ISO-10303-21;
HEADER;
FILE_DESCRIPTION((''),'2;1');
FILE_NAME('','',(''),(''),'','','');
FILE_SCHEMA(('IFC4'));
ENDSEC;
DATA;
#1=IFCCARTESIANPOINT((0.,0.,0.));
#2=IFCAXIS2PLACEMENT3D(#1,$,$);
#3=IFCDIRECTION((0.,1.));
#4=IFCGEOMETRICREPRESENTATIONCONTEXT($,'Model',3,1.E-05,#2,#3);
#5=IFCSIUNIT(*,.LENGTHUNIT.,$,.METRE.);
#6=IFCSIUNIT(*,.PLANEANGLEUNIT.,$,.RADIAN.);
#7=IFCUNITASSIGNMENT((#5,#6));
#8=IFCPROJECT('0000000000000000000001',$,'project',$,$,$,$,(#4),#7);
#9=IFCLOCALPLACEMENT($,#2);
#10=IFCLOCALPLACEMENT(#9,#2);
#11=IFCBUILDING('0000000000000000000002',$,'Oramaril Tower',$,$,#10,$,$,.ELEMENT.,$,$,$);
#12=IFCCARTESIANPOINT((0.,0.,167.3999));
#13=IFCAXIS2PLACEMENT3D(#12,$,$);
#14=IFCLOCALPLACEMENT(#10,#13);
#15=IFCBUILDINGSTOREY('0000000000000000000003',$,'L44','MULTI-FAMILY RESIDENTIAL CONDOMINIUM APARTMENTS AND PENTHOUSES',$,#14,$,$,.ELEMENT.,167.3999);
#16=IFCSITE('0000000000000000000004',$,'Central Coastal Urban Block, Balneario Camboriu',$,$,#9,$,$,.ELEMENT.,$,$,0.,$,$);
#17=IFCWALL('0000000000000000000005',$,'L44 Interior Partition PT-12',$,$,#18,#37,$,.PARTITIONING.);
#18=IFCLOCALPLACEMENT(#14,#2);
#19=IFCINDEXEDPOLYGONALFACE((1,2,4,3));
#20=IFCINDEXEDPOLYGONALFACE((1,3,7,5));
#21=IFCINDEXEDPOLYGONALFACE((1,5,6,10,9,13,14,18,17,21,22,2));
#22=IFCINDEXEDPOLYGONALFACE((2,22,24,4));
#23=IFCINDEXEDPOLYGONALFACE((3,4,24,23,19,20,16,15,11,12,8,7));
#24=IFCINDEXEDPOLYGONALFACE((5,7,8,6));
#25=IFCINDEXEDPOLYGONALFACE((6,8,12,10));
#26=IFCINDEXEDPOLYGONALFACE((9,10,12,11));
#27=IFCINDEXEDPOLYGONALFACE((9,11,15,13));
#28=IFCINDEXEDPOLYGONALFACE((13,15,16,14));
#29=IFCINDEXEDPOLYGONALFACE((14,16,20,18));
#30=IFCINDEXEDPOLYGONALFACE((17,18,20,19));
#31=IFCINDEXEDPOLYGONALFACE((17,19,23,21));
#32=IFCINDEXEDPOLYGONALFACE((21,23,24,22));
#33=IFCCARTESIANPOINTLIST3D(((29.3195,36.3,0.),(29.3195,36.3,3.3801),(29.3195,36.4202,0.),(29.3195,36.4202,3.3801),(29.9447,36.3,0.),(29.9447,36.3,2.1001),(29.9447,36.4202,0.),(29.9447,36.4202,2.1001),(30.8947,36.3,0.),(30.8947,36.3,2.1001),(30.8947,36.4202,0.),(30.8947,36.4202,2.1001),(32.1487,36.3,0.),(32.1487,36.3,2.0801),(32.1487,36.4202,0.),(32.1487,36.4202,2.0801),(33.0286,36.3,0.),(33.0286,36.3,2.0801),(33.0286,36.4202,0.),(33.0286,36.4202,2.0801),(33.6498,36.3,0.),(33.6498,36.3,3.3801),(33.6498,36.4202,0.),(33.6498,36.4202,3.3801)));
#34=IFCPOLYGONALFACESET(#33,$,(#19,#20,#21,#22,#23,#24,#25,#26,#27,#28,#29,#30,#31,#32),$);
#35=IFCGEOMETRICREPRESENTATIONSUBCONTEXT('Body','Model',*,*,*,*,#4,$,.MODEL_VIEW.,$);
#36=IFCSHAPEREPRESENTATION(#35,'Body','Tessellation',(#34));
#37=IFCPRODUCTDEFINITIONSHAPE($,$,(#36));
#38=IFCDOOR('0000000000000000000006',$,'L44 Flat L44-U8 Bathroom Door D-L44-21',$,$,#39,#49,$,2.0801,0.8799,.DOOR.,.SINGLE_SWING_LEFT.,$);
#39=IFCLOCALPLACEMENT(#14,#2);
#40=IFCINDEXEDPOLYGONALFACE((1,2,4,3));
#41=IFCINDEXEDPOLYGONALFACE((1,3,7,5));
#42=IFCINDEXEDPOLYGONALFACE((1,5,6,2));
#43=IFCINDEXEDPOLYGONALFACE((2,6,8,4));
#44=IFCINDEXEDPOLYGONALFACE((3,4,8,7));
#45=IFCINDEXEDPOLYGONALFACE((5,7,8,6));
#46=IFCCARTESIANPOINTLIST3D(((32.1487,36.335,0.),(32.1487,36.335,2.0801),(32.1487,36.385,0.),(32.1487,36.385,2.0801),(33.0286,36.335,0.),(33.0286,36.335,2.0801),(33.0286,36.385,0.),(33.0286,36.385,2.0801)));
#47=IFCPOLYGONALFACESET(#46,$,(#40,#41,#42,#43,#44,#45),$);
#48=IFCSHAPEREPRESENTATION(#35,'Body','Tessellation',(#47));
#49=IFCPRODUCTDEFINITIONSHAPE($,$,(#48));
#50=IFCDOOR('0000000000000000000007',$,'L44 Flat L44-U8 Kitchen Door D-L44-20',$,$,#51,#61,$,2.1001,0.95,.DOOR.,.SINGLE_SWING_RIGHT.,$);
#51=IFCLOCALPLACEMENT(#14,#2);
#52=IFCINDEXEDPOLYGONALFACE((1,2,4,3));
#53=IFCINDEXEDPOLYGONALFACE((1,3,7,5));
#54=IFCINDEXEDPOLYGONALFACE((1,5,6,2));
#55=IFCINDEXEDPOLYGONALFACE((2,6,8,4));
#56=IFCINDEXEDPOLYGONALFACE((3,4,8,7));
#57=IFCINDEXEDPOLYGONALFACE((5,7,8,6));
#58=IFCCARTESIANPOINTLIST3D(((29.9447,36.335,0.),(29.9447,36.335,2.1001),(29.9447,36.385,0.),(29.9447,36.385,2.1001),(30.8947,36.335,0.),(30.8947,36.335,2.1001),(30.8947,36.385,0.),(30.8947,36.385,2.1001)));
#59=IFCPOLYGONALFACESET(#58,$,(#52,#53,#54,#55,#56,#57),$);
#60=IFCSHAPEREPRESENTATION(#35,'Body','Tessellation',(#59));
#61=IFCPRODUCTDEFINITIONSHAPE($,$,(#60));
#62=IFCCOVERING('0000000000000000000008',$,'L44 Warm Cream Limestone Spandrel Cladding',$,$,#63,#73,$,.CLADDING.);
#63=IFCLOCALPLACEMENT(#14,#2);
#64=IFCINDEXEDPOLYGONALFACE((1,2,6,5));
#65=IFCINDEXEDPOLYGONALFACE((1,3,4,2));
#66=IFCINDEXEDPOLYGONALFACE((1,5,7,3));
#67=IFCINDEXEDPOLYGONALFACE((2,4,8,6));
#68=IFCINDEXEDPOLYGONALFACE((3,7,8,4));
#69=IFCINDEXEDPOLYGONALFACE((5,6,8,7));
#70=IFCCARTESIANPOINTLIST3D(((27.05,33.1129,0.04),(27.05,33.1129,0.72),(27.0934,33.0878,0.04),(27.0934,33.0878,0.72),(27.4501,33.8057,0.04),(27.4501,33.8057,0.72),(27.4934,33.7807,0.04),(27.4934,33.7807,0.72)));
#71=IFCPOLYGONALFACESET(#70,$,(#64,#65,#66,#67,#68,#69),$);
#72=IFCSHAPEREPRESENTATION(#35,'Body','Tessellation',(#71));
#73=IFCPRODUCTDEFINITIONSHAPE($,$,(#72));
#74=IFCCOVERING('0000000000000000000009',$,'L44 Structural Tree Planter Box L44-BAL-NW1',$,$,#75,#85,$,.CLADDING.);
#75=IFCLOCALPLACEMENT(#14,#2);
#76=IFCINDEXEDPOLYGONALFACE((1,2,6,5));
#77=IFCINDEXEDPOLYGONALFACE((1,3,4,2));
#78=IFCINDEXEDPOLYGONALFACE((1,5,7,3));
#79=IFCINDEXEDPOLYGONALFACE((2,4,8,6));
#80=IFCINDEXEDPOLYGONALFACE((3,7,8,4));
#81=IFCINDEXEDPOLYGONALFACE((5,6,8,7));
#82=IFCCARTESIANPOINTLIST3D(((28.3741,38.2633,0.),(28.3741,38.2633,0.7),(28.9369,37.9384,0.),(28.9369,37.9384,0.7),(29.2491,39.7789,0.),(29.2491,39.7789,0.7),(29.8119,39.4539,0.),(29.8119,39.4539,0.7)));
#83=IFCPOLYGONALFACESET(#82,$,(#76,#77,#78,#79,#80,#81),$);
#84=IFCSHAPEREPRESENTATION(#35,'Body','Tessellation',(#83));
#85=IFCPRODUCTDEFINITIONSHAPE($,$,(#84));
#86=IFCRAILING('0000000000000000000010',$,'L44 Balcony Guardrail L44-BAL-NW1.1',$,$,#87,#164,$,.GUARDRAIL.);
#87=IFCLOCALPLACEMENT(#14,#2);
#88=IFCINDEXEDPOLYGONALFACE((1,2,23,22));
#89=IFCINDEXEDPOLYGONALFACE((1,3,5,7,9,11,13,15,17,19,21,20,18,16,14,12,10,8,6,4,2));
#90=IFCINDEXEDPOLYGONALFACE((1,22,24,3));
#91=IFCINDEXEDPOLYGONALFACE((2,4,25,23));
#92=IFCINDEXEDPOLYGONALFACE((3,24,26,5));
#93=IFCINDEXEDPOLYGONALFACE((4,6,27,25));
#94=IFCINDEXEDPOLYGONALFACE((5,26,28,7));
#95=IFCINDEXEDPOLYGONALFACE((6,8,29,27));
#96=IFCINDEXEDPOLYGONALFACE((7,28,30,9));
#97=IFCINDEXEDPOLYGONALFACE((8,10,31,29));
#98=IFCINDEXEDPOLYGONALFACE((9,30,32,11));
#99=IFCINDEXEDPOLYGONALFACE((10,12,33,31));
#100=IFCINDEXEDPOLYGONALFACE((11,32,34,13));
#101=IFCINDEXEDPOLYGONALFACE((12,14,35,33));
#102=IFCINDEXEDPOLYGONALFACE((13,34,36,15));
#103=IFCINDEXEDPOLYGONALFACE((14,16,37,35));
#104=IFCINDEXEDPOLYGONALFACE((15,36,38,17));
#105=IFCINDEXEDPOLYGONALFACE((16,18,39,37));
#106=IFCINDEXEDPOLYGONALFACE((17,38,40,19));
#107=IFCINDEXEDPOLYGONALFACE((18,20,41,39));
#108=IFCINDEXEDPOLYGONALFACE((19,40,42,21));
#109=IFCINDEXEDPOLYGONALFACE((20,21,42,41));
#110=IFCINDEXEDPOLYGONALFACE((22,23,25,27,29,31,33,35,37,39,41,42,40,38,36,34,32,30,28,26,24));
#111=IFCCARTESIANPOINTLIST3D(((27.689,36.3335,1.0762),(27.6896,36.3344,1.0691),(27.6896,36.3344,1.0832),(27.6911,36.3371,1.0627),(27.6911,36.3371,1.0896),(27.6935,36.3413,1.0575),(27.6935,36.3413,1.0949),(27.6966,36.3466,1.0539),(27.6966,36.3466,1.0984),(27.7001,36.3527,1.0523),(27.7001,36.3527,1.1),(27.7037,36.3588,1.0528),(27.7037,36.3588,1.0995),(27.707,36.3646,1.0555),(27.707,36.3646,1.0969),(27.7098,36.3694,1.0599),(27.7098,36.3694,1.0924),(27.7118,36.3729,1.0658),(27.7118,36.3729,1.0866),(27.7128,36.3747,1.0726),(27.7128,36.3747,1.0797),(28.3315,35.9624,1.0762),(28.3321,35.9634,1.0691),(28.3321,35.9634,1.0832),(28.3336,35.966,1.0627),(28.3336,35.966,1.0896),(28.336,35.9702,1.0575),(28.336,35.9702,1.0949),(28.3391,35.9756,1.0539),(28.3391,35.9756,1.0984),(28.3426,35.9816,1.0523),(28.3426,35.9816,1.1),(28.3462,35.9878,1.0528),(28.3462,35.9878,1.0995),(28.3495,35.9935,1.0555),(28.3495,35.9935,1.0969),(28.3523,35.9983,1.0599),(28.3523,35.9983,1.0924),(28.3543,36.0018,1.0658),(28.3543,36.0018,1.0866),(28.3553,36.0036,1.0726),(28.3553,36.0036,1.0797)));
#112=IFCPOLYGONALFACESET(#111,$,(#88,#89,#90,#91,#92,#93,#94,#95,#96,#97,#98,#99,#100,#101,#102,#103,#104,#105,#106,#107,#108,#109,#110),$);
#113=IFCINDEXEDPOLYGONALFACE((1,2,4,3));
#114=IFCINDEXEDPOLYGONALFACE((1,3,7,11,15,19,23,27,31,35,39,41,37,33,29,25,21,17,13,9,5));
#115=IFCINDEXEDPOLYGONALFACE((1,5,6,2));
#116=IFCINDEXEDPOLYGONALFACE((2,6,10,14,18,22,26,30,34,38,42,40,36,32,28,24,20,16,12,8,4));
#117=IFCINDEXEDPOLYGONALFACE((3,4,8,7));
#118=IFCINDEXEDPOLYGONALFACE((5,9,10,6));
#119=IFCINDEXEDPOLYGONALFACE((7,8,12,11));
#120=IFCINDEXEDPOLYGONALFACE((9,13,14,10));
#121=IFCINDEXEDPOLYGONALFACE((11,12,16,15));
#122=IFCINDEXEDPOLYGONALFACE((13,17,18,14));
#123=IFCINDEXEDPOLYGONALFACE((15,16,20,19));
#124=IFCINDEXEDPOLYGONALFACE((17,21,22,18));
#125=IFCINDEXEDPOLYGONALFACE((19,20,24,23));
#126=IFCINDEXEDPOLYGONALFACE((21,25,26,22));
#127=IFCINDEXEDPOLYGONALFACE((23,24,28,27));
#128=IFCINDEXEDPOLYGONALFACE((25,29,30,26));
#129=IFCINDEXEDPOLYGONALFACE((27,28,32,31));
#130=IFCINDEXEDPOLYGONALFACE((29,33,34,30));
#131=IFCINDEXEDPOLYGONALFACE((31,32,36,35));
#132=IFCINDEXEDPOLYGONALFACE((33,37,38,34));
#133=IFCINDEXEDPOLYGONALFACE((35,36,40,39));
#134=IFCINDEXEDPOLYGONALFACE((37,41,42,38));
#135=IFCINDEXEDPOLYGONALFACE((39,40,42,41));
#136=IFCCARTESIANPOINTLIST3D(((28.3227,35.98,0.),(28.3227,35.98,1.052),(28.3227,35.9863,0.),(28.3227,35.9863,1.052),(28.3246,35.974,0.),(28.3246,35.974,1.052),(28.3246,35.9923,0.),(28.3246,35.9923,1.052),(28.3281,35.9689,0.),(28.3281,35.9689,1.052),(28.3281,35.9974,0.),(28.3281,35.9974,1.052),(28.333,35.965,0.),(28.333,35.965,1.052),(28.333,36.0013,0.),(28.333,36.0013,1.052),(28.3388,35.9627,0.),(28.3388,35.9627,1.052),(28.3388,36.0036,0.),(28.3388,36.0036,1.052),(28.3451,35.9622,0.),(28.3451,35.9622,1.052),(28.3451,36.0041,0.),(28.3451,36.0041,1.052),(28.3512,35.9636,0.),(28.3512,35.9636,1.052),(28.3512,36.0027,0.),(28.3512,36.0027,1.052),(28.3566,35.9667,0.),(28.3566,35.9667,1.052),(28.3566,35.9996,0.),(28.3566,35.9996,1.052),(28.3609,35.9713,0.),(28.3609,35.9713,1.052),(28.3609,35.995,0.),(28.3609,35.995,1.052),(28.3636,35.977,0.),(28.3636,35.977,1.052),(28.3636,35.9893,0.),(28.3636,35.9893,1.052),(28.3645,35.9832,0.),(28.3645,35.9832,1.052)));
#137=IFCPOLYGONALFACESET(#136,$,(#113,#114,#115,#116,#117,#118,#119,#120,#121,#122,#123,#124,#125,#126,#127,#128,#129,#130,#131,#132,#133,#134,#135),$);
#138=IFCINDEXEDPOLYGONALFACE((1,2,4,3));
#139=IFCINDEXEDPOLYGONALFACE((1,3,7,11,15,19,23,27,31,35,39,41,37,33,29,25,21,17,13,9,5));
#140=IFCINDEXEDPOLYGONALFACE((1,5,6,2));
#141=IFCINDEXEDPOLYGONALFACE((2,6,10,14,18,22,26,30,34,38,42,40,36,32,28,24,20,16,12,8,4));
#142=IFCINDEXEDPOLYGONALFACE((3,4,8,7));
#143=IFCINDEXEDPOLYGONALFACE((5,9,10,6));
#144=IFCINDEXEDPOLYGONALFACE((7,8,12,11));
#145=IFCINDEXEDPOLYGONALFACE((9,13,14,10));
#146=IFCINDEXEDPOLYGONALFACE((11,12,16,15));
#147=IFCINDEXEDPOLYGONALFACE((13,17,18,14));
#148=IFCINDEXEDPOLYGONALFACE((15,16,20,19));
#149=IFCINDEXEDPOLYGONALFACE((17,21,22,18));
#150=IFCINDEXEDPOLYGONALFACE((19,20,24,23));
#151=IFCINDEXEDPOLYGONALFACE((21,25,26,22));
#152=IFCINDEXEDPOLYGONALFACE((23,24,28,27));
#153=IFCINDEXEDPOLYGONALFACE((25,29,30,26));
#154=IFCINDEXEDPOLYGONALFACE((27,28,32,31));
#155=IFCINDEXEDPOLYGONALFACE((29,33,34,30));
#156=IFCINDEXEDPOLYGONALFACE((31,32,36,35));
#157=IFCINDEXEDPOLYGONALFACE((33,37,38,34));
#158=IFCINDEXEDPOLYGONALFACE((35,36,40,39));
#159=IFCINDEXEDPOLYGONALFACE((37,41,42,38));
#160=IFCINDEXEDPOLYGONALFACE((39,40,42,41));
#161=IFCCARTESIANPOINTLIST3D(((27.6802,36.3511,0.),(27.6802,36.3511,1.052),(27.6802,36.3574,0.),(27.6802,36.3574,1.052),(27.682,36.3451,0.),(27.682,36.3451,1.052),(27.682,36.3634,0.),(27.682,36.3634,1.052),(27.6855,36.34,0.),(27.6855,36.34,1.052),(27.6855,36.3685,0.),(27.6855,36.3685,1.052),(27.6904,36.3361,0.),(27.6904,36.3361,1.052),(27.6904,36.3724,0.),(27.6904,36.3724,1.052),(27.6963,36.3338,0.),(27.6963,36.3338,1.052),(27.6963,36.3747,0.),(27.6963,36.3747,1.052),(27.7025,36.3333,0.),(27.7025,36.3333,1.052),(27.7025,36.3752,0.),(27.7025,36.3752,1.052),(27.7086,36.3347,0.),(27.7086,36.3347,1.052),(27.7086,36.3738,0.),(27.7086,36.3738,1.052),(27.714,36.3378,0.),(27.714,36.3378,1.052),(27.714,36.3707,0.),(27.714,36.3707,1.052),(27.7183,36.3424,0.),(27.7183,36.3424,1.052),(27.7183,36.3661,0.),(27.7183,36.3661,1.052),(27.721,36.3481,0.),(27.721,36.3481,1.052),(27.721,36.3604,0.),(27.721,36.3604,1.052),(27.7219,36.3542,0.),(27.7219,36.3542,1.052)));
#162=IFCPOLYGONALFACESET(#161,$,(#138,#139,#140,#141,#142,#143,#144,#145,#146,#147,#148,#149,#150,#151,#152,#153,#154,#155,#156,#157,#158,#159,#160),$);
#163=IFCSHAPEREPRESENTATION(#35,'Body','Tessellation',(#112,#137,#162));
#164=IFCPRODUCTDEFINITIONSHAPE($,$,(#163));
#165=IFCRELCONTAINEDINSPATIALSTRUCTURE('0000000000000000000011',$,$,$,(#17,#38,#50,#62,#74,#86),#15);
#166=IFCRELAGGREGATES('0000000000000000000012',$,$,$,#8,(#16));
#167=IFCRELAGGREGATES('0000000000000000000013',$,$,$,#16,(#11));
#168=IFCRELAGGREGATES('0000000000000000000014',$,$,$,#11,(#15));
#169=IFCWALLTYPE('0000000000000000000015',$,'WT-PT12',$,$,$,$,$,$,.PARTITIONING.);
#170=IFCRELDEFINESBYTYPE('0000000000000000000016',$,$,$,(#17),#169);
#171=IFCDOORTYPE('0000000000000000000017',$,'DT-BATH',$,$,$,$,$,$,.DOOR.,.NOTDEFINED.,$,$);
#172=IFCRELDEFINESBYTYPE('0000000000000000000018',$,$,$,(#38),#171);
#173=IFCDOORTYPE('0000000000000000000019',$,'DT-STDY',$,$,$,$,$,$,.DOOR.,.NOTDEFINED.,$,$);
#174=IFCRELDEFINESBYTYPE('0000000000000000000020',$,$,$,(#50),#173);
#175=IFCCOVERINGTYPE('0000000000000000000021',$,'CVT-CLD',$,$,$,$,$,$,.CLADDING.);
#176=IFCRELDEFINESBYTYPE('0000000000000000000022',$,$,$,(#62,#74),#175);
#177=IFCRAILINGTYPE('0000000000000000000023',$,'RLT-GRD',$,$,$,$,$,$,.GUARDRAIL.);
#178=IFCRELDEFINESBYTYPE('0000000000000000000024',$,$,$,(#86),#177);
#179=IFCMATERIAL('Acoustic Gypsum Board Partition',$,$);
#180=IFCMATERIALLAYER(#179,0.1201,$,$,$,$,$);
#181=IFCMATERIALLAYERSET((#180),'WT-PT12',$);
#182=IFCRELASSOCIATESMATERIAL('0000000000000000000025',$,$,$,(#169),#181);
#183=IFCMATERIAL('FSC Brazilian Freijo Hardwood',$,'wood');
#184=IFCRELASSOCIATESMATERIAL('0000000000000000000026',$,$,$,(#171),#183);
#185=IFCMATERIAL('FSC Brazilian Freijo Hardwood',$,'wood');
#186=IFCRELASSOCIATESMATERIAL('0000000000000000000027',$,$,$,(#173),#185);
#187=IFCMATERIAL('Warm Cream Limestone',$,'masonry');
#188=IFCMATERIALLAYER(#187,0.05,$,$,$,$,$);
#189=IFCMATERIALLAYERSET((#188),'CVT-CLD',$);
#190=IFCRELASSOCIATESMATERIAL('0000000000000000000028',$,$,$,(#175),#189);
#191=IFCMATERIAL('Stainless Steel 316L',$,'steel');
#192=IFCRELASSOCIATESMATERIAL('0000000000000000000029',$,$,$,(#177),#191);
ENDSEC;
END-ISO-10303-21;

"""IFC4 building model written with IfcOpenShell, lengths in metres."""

from ifc_helpers import new_model, si_unit, direction, frame, frame_2d, origin, origin_2d, place, context, subcontext, project, spatial, rectangle, circle, extrude, material, layer, layer_set, type_object, element, fill, save


model = new_model("IFC4")

# Units and contexts
model_context = context("Model", 3, precision=1e-05, world=origin(), true_north=direction((0.0, 1.0)))
body_context = subcontext(model_context, "Body", "Model", "MODEL_VIEW")
ifc_project = project(units=[si_unit("LENGTHUNIT", "METRE"), si_unit("PLANEANGLEUNIT", "RADIAN")], contexts=[model_context])

# Site, building, storey
site_placement = place(None, origin())
site = spatial("IfcSite", under=ifc_project, at=site_placement, Name="Central Coastal Urban Block, Balneario Camboriu", CompositionType="ELEMENT", RefElevation=0.0)
building_placement = place(site_placement, origin())
building = spatial("IfcBuilding", under=site, at=building_placement, Name="Oramaril Tower", CompositionType="ELEMENT")
storey_placement = place(building_placement, frame((0.0, 0.0, 167.3999)))
storey = spatial("IfcBuildingStorey", under=building, at=storey_placement, Name="L44", Description="MULTI-FAMILY RESIDENTIAL CONDOMINIUM APARTMENTS AND PENTHOUSES", CompositionType="ELEMENT", Elevation=167.3999)

# Wall, openings, doors
ifc_material_1 = material(Name="Acoustic Gypsum Board Partition")
ifc_layer_1 = layer(ifc_material_1, 0.1201)
ifc_layer_set_1 = layer_set([ifc_layer_1], Name="WT-PT12")
wall_type_1 = type_object("IfcWallType", Name="WT-PT12", PredefinedType="PARTITIONING", material=ifc_layer_set_1)
wall_1_placement = place(storey_placement, frame((29.3196, 36.3601, 0.0), z_axis=(0.0, 0.0, 1.0), x_axis=(1.0, 0.0, 0.0)))
wall_1 = element("IfcWall", 1, at=wall_1_placement, inside=storey, type_object=wall_type_1, Name="L44 Interior Partition PT-12", PredefinedType="PARTITIONING", context=body_context, shape_type="SweptSolid", body=[
    extrude(rectangle(XDim=4.3303, YDim=0.1201, at=frame_2d((2.165, 0.0))), origin(), (0.0, 0.0, 1.0), 3.3801),
])
opening_1_placement = place(wall_1_placement, frame((0.625, 0.0, 0.0)))
opening_1 = element("IfcOpeningElement", 2, at=opening_1_placement, cuts=wall_1, PredefinedType="OPENING", context=body_context, shape_type="SweptSolid", body=[
    extrude(rectangle(XDim=0.95, YDim=2.1001, at=frame_2d((0.4751, 1.05))), frame((0.0, 0.0601, 0.0), z_axis=(0.0, -1.0, 0.0), x_axis=(1.0, 0.0, 0.0)), (0.0, 0.0, 1.0), 0.1201),
])
opening_2_placement = place(wall_1_placement, frame((2.8291, 0.0, 0.0)))
opening_2 = element("IfcOpeningElement", 3, at=opening_2_placement, cuts=wall_1, PredefinedType="OPENING", context=body_context, shape_type="SweptSolid", body=[
    extrude(rectangle(XDim=0.8799, YDim=2.0801, at=frame_2d((0.4399, 1.04))), frame((0.0, 0.0601, 0.0), z_axis=(0.0, -1.0, 0.0), x_axis=(1.0, 0.0, 0.0)), (0.0, 0.0, 1.0), 0.1201),
])
ifc_material_2 = material(Name="FSC Brazilian Freijo Hardwood", Category="wood")
door_type_1 = type_object("IfcDoorType", Name="DT-BATH", OperationType="NOTDEFINED", PredefinedType="DOOR", material=ifc_material_2)
door_1_placement = place(opening_2_placement, origin())
door_1 = element("IfcDoor", 4, at=door_1_placement, inside=storey, type_object=door_type_1, Name="L44 Flat L44-U8 Bathroom Door D-L44-21", OperationType="SINGLE_SWING_LEFT", OverallHeight=2.0801, OverallWidth=0.8799, PredefinedType="DOOR", context=body_context, shape_type="SweptSolid", body=[
    extrude(rectangle(XDim=0.8799, YDim=2.0801, at=frame_2d((0.4399, 1.04))), frame((0.0, 0.0249, 0.0), z_axis=(0.0, -1.0, 0.0), x_axis=(1.0, 0.0, 0.0)), (0.0, 0.0, 1.0), 0.05),
])
fill(opening_2, door_1)
ifc_material_3 = material(Name="FSC Brazilian Freijo Hardwood", Category="wood")
door_type_2 = type_object("IfcDoorType", Name="DT-STDY", OperationType="NOTDEFINED", PredefinedType="DOOR", material=ifc_material_3)
door_2_placement = place(opening_1_placement, origin())
door_2 = element("IfcDoor", 5, at=door_2_placement, inside=storey, type_object=door_type_2, Name="L44 Flat L44-U8 Kitchen Door D-L44-20", OperationType="SINGLE_SWING_RIGHT", OverallHeight=2.1001, OverallWidth=0.95, PredefinedType="DOOR", context=body_context, shape_type="SweptSolid", body=[
    extrude(rectangle(XDim=0.95, YDim=2.1001, at=frame_2d((0.4751, 1.05))), frame((0.0, 0.0249, 0.0), z_axis=(0.0, -1.0, 0.0), x_axis=(1.0, 0.0, 0.0)), (0.0, 0.0, 1.0), 0.05),
])
fill(opening_1, door_2)

# Coverings
ifc_material_4 = material(Name="Warm Cream Limestone", Category="masonry")
ifc_layer_2 = layer(ifc_material_4, 0.05)
ifc_layer_set_2 = layer_set([ifc_layer_2], Name="CVT-CLD")
covering_type = type_object("IfcCoveringType", Name="CVT-CLD", PredefinedType="CLADDING", material=ifc_layer_set_2)
covering_1_placement = place(storey_placement, frame((27.2717, 33.4468, 0.04), z_axis=(0.0, 0.0, 1.0), x_axis=(-0.5, -0.866025, 0.0)))
element("IfcCovering", 6, at=covering_1_placement, inside=storey, type_object=covering_type, Name="L44 Warm Cream Limestone Spandrel Cladding", PredefinedType="CLADDING", context=body_context, shape_type="SweptSolid", body=[
    extrude(rectangle(XDim=0.8, YDim=0.05, at=origin_2d()), origin(), (0.0, 0.0, 1.0), 0.6799),
])
covering_2_placement = place(storey_placement, frame((29.093, 38.8586, 0.0), z_axis=(0.0, 0.0, 1.0), x_axis=(-0.5, -0.866025, 0.0)))
element("IfcCovering", 7, at=covering_2_placement, inside=storey, type_object=covering_type, Name="L44 Structural Tree Planter Box L44-BAL-NW1", PredefinedType="CLADDING", context=body_context, shape_type="SweptSolid", body=[
    extrude(rectangle(XDim=1.75, YDim=0.6499, at=origin_2d()), origin(), (0.0, 0.0, 1.0), 0.7),
])

# Railing
ifc_material_5 = material(Name="Stainless Steel 316L", Category="steel")
railing_type = type_object("IfcRailingType", Name="RLT-GRD", PredefinedType="GUARDRAIL", material=ifc_material_5)
railing_1_placement = place(storey_placement, frame((28.3435, 35.9832, 0.0)))
element("IfcRailing", 8, at=railing_1_placement, inside=storey, type_object=railing_type, Name="L44 Balcony Guardrail L44-BAL-NW1.1", PredefinedType="GUARDRAIL", context=body_context, shape_type="SweptSolid", body=[
    extrude(circle(Radius=0.0239, at=origin_2d()), frame((0.0, 0.0, 1.0762), z_axis=(-0.865966, 0.500102, 0.0), x_axis=(-0.500102, -0.865966, 0.0)), (0.0, 0.0, 1.0), 0.7419),
    extrude(circle(Radius=0.021, at=origin_2d()), origin(), (0.0, 0.0, 1.0), 1.052),
    extrude(circle(Radius=0.021, at=origin_2d()), frame((-0.6426, 0.3711, 0.0)), (0.0, 0.0, 1.0), 1.052),
])

save(model, "model.ifc")
